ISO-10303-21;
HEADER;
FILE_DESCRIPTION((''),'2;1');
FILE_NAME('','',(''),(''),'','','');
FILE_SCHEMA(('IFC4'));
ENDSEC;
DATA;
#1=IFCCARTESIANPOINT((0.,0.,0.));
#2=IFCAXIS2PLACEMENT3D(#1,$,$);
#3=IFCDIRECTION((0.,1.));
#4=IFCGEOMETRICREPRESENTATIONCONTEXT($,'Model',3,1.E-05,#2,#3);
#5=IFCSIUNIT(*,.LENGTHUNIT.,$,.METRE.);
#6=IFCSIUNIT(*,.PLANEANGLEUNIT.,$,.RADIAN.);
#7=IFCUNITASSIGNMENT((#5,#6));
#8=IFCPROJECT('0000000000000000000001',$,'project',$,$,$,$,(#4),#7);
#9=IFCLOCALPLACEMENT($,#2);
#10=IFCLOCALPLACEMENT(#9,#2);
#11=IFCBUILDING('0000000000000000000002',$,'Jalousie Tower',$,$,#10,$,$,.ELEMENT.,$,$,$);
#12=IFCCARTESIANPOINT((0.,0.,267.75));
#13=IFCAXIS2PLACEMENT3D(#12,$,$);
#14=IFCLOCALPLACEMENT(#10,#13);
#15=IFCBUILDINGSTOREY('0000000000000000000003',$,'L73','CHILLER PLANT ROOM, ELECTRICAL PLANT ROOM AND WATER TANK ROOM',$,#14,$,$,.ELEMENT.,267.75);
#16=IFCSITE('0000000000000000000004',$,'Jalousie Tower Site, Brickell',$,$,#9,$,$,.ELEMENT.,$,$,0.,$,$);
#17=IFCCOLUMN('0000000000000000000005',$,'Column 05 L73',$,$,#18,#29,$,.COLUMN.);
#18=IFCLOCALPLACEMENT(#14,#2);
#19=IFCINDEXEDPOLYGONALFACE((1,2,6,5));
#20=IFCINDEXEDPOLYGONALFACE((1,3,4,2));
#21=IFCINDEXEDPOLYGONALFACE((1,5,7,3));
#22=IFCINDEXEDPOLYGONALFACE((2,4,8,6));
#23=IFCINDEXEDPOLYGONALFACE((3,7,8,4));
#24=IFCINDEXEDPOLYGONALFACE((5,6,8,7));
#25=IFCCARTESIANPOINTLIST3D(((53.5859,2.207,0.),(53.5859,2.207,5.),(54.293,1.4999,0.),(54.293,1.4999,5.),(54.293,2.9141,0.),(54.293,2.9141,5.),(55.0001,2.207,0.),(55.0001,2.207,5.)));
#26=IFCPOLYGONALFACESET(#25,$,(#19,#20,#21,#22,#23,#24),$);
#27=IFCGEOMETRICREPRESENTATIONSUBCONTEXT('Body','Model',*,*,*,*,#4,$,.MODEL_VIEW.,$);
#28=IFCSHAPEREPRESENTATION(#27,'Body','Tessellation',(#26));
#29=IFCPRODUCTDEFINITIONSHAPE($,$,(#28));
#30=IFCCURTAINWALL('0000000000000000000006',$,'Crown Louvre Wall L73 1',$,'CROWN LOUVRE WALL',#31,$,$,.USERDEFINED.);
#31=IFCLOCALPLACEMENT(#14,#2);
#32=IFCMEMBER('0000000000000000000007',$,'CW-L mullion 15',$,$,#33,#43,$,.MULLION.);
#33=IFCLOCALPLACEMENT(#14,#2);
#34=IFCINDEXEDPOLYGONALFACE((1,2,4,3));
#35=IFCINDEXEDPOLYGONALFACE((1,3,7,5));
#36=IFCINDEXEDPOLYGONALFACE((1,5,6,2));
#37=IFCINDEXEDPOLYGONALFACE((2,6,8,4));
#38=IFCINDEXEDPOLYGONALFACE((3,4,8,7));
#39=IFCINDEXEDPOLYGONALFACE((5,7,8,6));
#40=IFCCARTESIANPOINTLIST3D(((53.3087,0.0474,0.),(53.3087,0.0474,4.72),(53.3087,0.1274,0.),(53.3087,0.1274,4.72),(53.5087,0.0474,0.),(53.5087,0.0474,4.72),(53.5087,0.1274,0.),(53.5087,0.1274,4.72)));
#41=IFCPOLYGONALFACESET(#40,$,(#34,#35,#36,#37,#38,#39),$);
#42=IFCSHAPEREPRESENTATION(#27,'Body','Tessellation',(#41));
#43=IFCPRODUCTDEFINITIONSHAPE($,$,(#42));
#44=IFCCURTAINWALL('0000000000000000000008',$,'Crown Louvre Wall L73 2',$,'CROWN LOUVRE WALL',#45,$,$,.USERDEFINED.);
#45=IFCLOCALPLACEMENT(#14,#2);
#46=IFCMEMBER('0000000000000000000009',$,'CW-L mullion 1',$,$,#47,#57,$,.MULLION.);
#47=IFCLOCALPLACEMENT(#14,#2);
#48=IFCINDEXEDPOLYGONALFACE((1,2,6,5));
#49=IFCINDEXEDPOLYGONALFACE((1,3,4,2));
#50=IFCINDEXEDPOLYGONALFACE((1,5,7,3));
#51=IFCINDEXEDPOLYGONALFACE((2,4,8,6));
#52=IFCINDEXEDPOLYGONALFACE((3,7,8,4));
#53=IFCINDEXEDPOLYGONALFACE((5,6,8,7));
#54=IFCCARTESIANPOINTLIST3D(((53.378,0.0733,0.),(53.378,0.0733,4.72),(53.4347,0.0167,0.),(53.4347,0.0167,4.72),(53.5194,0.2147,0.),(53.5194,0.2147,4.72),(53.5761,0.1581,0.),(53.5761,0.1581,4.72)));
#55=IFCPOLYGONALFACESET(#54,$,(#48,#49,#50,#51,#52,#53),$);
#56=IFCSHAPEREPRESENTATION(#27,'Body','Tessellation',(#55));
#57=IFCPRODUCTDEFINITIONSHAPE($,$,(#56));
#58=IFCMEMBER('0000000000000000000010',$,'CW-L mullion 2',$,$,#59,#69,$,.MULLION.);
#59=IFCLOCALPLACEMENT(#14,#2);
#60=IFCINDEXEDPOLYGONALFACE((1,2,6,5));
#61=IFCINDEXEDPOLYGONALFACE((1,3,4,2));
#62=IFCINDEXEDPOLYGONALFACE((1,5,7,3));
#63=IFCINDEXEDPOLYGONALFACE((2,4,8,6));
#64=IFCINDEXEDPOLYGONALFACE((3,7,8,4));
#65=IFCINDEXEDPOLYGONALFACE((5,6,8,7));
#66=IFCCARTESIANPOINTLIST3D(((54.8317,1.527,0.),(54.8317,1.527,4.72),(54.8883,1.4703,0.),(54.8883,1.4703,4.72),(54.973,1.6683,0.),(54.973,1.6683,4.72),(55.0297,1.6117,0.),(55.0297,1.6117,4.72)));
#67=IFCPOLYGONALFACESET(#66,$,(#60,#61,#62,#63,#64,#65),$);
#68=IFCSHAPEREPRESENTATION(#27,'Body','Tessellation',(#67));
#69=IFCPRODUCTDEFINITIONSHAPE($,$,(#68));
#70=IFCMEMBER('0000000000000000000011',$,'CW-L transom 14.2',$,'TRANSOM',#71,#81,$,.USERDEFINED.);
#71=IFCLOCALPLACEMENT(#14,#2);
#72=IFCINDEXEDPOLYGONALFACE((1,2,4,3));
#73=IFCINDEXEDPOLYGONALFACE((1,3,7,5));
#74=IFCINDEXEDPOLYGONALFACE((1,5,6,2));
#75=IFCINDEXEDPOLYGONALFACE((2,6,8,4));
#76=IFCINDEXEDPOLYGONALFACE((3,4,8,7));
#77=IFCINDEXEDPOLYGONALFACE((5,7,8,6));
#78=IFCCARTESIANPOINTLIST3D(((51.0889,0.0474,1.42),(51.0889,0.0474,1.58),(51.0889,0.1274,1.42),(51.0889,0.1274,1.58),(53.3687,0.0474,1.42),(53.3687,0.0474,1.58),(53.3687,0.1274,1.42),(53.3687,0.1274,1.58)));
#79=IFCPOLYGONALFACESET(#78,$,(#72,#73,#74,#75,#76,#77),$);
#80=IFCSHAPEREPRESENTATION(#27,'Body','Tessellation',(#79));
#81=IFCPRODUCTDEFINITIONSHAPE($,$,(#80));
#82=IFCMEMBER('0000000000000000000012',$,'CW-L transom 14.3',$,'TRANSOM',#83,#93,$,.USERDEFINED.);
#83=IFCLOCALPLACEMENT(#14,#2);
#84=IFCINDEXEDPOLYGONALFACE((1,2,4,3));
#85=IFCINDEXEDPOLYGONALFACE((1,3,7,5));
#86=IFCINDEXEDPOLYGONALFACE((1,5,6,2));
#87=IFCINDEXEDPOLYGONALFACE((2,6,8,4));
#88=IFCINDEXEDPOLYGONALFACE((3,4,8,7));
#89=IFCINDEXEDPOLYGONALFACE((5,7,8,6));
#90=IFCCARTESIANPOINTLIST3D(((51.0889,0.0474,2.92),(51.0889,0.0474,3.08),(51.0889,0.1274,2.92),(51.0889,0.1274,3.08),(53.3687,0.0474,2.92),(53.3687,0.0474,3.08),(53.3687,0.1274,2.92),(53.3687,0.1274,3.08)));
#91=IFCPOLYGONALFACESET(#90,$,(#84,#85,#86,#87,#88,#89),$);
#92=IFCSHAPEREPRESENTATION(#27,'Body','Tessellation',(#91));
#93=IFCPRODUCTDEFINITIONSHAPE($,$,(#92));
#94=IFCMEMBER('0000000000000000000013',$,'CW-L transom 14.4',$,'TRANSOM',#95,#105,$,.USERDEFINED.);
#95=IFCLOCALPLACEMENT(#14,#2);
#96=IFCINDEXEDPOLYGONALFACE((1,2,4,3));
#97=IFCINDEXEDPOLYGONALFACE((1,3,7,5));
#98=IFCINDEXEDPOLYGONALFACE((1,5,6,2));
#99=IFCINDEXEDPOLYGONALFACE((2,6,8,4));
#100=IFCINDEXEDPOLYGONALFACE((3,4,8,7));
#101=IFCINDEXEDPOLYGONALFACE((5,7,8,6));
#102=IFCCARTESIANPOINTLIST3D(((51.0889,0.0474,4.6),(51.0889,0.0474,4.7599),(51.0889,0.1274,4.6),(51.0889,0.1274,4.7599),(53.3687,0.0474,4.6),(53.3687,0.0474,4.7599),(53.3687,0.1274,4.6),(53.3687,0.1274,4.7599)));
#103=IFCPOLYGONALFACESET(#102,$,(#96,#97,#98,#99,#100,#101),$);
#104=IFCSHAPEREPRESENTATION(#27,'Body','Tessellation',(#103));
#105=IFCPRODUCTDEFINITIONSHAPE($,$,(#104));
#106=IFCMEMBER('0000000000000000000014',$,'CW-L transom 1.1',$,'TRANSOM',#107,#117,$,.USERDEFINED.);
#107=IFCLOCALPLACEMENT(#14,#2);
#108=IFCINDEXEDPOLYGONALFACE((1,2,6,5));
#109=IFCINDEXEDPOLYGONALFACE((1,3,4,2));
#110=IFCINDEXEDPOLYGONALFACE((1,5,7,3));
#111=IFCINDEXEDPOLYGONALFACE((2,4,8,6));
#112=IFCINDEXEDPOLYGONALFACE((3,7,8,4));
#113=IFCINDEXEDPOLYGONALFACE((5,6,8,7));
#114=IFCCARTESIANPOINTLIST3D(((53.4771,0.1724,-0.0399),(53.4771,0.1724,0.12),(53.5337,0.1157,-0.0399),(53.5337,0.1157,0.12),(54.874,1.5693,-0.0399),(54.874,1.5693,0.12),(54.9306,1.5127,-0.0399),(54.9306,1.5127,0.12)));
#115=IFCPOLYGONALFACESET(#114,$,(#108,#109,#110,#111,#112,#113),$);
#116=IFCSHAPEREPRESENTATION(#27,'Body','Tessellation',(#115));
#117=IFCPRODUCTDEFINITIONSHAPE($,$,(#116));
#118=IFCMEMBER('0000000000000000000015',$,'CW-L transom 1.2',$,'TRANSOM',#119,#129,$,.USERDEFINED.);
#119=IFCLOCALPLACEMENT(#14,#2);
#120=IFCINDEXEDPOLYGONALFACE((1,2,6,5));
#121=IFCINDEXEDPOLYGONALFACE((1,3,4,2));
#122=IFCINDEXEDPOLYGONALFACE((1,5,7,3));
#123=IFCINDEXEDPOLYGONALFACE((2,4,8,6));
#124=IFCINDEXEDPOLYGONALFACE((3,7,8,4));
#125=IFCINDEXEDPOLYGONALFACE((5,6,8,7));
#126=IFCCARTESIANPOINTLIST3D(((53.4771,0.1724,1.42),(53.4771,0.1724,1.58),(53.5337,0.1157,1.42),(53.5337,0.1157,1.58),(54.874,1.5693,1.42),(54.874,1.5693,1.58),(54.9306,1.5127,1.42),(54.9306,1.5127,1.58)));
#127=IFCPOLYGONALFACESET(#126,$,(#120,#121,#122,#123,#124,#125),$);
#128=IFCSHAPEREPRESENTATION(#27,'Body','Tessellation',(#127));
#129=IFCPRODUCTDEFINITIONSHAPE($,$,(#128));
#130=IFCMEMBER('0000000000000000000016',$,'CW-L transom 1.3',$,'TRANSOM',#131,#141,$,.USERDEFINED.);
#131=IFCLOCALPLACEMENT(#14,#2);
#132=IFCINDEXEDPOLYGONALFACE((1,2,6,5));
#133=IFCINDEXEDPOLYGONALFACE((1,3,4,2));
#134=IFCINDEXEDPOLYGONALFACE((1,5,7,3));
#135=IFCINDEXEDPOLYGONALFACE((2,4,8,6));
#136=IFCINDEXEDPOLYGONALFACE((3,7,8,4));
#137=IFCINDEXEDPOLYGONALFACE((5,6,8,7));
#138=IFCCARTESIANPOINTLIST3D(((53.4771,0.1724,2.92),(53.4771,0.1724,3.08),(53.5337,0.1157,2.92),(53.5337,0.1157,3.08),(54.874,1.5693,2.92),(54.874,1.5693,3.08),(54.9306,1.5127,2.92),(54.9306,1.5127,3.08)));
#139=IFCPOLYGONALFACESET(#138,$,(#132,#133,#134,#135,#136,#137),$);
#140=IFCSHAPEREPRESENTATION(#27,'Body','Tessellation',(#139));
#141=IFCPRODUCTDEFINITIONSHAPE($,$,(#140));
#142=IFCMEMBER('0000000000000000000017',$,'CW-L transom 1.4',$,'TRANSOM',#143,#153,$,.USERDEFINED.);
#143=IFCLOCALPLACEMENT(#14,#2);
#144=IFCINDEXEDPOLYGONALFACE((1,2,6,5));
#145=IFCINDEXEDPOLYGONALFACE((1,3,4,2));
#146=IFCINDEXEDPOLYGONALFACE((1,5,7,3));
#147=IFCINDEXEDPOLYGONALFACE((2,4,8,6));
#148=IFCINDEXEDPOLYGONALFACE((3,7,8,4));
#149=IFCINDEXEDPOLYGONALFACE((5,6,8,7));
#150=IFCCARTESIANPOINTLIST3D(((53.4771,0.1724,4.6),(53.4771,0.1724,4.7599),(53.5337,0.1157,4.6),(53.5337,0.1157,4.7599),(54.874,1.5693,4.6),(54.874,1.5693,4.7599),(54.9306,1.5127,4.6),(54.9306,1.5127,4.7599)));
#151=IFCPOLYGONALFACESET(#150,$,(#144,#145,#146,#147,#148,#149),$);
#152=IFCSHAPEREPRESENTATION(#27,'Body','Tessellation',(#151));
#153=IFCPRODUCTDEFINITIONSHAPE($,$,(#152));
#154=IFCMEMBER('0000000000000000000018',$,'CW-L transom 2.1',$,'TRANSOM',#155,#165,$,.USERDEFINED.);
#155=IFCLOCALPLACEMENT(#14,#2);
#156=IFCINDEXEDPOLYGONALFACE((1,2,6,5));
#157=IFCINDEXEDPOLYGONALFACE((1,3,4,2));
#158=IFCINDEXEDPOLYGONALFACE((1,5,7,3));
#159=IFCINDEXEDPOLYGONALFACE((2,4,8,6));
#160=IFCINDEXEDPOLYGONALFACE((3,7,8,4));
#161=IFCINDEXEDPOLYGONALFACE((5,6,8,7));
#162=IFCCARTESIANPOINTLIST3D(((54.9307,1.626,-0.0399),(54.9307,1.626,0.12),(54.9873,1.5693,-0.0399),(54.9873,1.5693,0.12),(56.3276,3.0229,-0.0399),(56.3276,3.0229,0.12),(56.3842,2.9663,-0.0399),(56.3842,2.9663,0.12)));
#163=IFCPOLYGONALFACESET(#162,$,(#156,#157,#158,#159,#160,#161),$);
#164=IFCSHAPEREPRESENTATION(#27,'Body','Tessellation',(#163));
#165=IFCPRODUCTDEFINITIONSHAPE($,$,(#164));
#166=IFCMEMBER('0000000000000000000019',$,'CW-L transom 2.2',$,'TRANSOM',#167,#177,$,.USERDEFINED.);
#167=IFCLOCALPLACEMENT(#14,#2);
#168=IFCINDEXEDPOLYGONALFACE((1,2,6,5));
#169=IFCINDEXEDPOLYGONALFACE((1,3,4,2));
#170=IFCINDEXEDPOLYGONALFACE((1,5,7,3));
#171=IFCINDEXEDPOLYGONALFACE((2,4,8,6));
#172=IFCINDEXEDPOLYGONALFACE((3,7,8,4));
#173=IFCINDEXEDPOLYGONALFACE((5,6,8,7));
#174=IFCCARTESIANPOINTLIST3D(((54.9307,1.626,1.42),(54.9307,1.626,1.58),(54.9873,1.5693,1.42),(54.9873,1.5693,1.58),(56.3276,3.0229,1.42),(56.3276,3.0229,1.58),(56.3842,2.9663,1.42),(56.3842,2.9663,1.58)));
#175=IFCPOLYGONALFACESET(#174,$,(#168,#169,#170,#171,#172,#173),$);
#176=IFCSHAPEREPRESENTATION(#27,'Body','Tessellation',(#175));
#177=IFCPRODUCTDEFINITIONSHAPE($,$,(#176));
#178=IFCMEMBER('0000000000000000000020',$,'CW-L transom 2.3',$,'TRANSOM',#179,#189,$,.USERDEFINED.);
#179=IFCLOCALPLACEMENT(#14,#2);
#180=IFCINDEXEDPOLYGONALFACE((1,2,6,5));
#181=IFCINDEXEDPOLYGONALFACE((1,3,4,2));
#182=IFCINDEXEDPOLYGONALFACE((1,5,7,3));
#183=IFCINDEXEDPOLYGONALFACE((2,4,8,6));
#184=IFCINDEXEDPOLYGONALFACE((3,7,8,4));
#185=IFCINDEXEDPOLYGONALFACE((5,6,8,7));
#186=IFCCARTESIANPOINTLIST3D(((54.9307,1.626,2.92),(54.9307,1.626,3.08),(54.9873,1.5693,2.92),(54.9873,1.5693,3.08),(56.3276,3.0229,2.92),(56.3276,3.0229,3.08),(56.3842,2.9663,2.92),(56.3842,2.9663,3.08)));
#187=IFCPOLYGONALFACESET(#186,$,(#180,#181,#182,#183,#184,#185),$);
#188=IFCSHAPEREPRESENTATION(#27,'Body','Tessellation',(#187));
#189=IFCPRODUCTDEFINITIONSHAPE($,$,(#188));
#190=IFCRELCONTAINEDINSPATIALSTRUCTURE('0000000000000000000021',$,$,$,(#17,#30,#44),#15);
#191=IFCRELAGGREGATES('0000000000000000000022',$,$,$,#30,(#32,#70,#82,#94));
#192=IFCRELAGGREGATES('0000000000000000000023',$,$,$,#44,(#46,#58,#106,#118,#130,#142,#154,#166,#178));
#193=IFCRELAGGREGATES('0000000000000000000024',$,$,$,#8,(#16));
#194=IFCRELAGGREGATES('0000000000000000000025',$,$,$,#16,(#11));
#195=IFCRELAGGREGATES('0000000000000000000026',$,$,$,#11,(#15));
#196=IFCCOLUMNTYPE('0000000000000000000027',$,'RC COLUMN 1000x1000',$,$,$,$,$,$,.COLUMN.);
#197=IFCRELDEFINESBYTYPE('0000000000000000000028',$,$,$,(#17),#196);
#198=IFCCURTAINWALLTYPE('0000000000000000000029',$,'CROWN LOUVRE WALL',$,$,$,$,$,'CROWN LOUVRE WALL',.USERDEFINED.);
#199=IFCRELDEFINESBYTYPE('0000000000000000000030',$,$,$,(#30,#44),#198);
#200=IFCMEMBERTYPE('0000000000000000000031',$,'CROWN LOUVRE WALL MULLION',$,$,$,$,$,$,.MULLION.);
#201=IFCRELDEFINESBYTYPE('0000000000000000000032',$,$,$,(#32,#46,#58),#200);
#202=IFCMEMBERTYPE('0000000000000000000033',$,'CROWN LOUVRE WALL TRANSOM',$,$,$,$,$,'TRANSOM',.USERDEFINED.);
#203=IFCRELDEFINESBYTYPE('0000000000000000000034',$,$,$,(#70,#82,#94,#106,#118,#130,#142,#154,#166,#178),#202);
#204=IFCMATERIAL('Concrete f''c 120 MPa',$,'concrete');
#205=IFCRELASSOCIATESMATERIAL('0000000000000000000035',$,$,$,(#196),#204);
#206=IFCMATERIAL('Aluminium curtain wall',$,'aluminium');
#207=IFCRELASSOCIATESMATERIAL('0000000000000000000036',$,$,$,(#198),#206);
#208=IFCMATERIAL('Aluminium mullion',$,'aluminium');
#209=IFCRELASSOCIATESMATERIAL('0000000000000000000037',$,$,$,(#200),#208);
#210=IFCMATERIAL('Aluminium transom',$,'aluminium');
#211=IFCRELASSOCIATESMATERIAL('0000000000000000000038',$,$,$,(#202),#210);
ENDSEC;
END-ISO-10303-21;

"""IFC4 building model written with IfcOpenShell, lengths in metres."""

from ifc_helpers import new_model, si_unit, direction, frame, origin, origin_2d, place, context, subcontext, project, spatial, rectangle, extrude, material, material_profile, profile_set, type_object, element, aggregate, save


model = new_model("IFC4")

# Units and contexts
model_context = context("Model", 3, precision=1e-05, world=origin(), true_north=direction((0.0, 1.0)))
body_context = subcontext(model_context, "Body", "Model", "MODEL_VIEW")
ifc_project = project(units=[si_unit("LENGTHUNIT", "METRE"), si_unit("PLANEANGLEUNIT", "RADIAN")], contexts=[model_context])

# Site, building, storey
site_placement = place(None, origin())
site = spatial("IfcSite", under=ifc_project, at=site_placement, Name="Jalousie Tower Site, Brickell", CompositionType="ELEMENT", RefElevation=0.0)
building_placement = place(site_placement, origin())
building = spatial("IfcBuilding", under=site, at=building_placement, Name="Jalousie Tower", CompositionType="ELEMENT")
storey_placement = place(building_placement, frame((0.0, 0.0, 267.75)))
storey = spatial("IfcBuildingStorey", under=building, at=storey_placement, Name="L73", Description="CHILLER PLANT ROOM, ELECTRICAL PLANT ROOM AND WATER TANK ROOM", CompositionType="ELEMENT", Elevation=267.75)

# Column
ifc_material_1 = material(Name="Concrete f'c 120 MPa", Category="concrete")
ifc_material_profile_1 = material_profile(ifc_material_1, rectangle(XDim=1.0, YDim=1.0, at=origin_2d()), Name="RC 1000x1000")
ifc_profile_set_1 = profile_set([ifc_material_profile_1], Name="Concrete f'c 120 MPa")
column_type = type_object("IfcColumnType", Name="RC COLUMN 1000x1000", PredefinedType="COLUMN", material=ifc_profile_set_1)
column_placement = place(storey_placement, frame((54.293, 2.207, 0.0), z_axis=(0.0, 0.0, 1.0), x_axis=(0.707107, 0.707107, 0.0)))
element("IfcColumn", 1, at=column_placement, inside=storey, type_object=column_type, Name="Column 05 L73", PredefinedType="COLUMN", context=body_context, shape_type="SweptSolid", body=[
    extrude(rectangle(XDim=1.0, YDim=1.0, at=origin_2d()), origin(), (0.0, 0.0, 1.0), 5.0),
])

# Curtain wall, member
ifc_material_2 = material(Name="Aluminium curtain wall", Category="aluminium")
curtain_wall_type = type_object("IfcCurtainWallType", Name="CROWN LOUVRE WALL", ElementType="CROWN LOUVRE WALL", PredefinedType="USERDEFINED", material=ifc_material_2)
curtain_wall_1_placement = place(storey_placement, origin())
curtain_wall_1 = element("IfcCurtainWall", 2, at=curtain_wall_1_placement, inside=storey, type_object=curtain_wall_type, Name="Crown Louvre Wall L73 1", ObjectType="CROWN LOUVRE WALL", PredefinedType="USERDEFINED")
ifc_material_3 = material(Name="Aluminium mullion", Category="aluminium")
ifc_material_profile_2 = material_profile(ifc_material_3, rectangle(XDim=0.0801, YDim=0.2, at=origin_2d()), Name="MULLION 80x200")
ifc_profile_set_2 = profile_set([ifc_material_profile_2], Name="Aluminium mullion")
member_type_1 = type_object("IfcMemberType", Name="CROWN LOUVRE WALL MULLION", PredefinedType="MULLION", material=ifc_profile_set_2)
member_1_placement = place(storey_placement, frame((53.4087, 0.0874, 0.0), z_axis=(0.0, 0.0, 1.0), x_axis=(0.0, 1.0, 0.0)))
member_1 = element("IfcMember", 3, at=member_1_placement, type_object=member_type_1, Name="CW-L mullion 15", PredefinedType="MULLION", context=body_context, shape_type="SweptSolid", body=[
    extrude(rectangle(XDim=0.0801, YDim=0.2, at=origin_2d()), origin(), (0.0, 0.0, 1.0), 4.72),
])

# Curtain wall, members
curtain_wall_2_placement = place(storey_placement, origin())
curtain_wall_2 = element("IfcCurtainWall", 4, at=curtain_wall_2_placement, inside=storey, type_object=curtain_wall_type, Name="Crown Louvre Wall L73 2", ObjectType="CROWN LOUVRE WALL", PredefinedType="USERDEFINED")
member_2_placement = place(storey_placement, frame((53.4771, 0.1157, 0.0), z_axis=(0.0, 0.0, 1.0), x_axis=(-0.707107, 0.707107, 0.0)))
member_2 = element("IfcMember", 5, at=member_2_placement, type_object=member_type_1, Name="CW-L mullion 1", PredefinedType="MULLION", context=body_context, shape_type="SweptSolid", body=[
    extrude(rectangle(XDim=0.0801, YDim=0.2, at=origin_2d()), origin(), (0.0, 0.0, 1.0), 4.72),
])
member_3_placement = place(storey_placement, frame((54.9307, 1.5693, 0.0), z_axis=(0.0, 0.0, 1.0), x_axis=(-0.707107, 0.707107, 0.0)))
member_3 = element("IfcMember", 6, at=member_3_placement, type_object=member_type_1, Name="CW-L mullion 2", PredefinedType="MULLION", context=body_context, shape_type="SweptSolid", body=[
    extrude(rectangle(XDim=0.0801, YDim=0.2, at=origin_2d()), origin(), (0.0, 0.0, 1.0), 4.72),
])

# Members
ifc_material_4 = material(Name="Aluminium transom", Category="aluminium")
ifc_material_profile_3 = material_profile(ifc_material_4, rectangle(XDim=0.0801, YDim=0.1599, at=origin_2d()), Name="TRANSOM 80x160")
ifc_profile_set_3 = profile_set([ifc_material_profile_3], Name="Aluminium transom")
member_type_2 = type_object("IfcMemberType", Name="CROWN LOUVRE WALL TRANSOM", ElementType="TRANSOM", PredefinedType="USERDEFINED", material=ifc_profile_set_3)
member_4_placement = place(storey_placement, frame((51.0889, 0.0874, 1.5), z_axis=(1.0, 0.0, 0.0), x_axis=(0.0, 1.0, 0.0)))
member_4 = element("IfcMember", 7, at=member_4_placement, type_object=member_type_2, Name="CW-L transom 14.2", ObjectType="TRANSOM", PredefinedType="USERDEFINED", context=body_context, shape_type="SweptSolid", body=[
    extrude(rectangle(XDim=0.0801, YDim=0.1599, at=origin_2d()), origin(), (0.0, 0.0, 1.0), 2.2798),
])
member_5_placement = place(storey_placement, frame((51.0889, 0.0874, 3.0), z_axis=(1.0, 0.0, 0.0), x_axis=(0.0, 1.0, 0.0)))
member_5 = element("IfcMember", 8, at=member_5_placement, type_object=member_type_2, Name="CW-L transom 14.3", ObjectType="TRANSOM", PredefinedType="USERDEFINED", context=body_context, shape_type="SweptSolid", body=[
    extrude(rectangle(XDim=0.0801, YDim=0.1599, at=origin_2d()), origin(), (0.0, 0.0, 1.0), 2.2798),
])
member_6_placement = place(storey_placement, frame((51.0889, 0.0874, 4.6799), z_axis=(1.0, 0.0, 0.0), x_axis=(0.0, 1.0, 0.0)))
member_6 = element("IfcMember", 9, at=member_6_placement, type_object=member_type_2, Name="CW-L transom 14.4", ObjectType="TRANSOM", PredefinedType="USERDEFINED", context=body_context, shape_type="SweptSolid", body=[
    extrude(rectangle(XDim=0.0801, YDim=0.1599, at=origin_2d()), origin(), (0.0, 0.0, 1.0), 2.2798),
])
member_7_placement = place(storey_placement, frame((53.5054, 0.144, 0.04), z_axis=(0.707107, 0.707107, 0.0), x_axis=(-0.707107, 0.707107, 0.0)))
member_7 = element("IfcMember", 10, at=member_7_placement, type_object=member_type_2, Name="CW-L transom 1.1", ObjectType="TRANSOM", PredefinedType="USERDEFINED", context=body_context, shape_type="SweptSolid", body=[
    extrude(rectangle(XDim=0.0801, YDim=0.1599, at=origin_2d()), origin(), (0.0, 0.0, 1.0), 1.9756),
])
member_8_placement = place(storey_placement, frame((53.5054, 0.144, 1.5), z_axis=(0.707107, 0.707107, 0.0), x_axis=(-0.707107, 0.707107, 0.0)))
member_8 = element("IfcMember", 11, at=member_8_placement, type_object=member_type_2, Name="CW-L transom 1.2", ObjectType="TRANSOM", PredefinedType="USERDEFINED", context=body_context, shape_type="SweptSolid", body=[
    extrude(rectangle(XDim=0.0801, YDim=0.1599, at=origin_2d()), origin(), (0.0, 0.0, 1.0), 1.9756),
])
member_9_placement = place(storey_placement, frame((53.5054, 0.144, 3.0), z_axis=(0.707107, 0.707107, 0.0), x_axis=(-0.707107, 0.707107, 0.0)))
member_9 = element("IfcMember", 12, at=member_9_placement, type_object=member_type_2, Name="CW-L transom 1.3", ObjectType="TRANSOM", PredefinedType="USERDEFINED", context=body_context, shape_type="SweptSolid", body=[
    extrude(rectangle(XDim=0.0801, YDim=0.1599, at=origin_2d()), origin(), (0.0, 0.0, 1.0), 1.9756),
])
member_10_placement = place(storey_placement, frame((53.5054, 0.144, 4.6799), z_axis=(0.707107, 0.707107, 0.0), x_axis=(-0.707107, 0.707107, 0.0)))
member_10 = element("IfcMember", 13, at=member_10_placement, type_object=member_type_2, Name="CW-L transom 1.4", ObjectType="TRANSOM", PredefinedType="USERDEFINED", context=body_context, shape_type="SweptSolid", body=[
    extrude(rectangle(XDim=0.0801, YDim=0.1599, at=origin_2d()), origin(), (0.0, 0.0, 1.0), 1.9756),
])
member_11_placement = place(storey_placement, frame((54.959, 1.5977, 0.04), z_axis=(0.707107, 0.707107, 0.0), x_axis=(-0.707107, 0.707107, 0.0)))
member_11 = element("IfcMember", 14, at=member_11_placement, type_object=member_type_2, Name="CW-L transom 2.1", ObjectType="TRANSOM", PredefinedType="USERDEFINED", context=body_context, shape_type="SweptSolid", body=[
    extrude(rectangle(XDim=0.0801, YDim=0.1599, at=origin_2d()), origin(), (0.0, 0.0, 1.0), 1.9756),
])
member_12_placement = place(storey_placement, frame((54.959, 1.5977, 1.5), z_axis=(0.707107, 0.707107, 0.0), x_axis=(-0.707107, 0.707107, 0.0)))
member_12 = element("IfcMember", 15, at=member_12_placement, type_object=member_type_2, Name="CW-L transom 2.2", ObjectType="TRANSOM", PredefinedType="USERDEFINED", context=body_context, shape_type="SweptSolid", body=[
    extrude(rectangle(XDim=0.0801, YDim=0.1599, at=origin_2d()), origin(), (0.0, 0.0, 1.0), 1.9756),
])
member_13_placement = place(storey_placement, frame((54.959, 1.5977, 3.0), z_axis=(0.707107, 0.707107, 0.0), x_axis=(-0.707107, 0.707107, 0.0)))
member_13 = element("IfcMember", 16, at=member_13_placement, type_object=member_type_2, Name="CW-L transom 2.3", ObjectType="TRANSOM", PredefinedType="USERDEFINED", context=body_context, shape_type="SweptSolid", body=[
    extrude(rectangle(XDim=0.0801, YDim=0.1599, at=origin_2d()), origin(), (0.0, 0.0, 1.0), 1.9756),
])

aggregate(curtain_wall_1, [member_1, member_4, member_5, member_6])
aggregate(curtain_wall_2, [member_2, member_3, member_7, member_8, member_9, member_10, member_11, member_12, member_13])

save(model, "model.ifc")
